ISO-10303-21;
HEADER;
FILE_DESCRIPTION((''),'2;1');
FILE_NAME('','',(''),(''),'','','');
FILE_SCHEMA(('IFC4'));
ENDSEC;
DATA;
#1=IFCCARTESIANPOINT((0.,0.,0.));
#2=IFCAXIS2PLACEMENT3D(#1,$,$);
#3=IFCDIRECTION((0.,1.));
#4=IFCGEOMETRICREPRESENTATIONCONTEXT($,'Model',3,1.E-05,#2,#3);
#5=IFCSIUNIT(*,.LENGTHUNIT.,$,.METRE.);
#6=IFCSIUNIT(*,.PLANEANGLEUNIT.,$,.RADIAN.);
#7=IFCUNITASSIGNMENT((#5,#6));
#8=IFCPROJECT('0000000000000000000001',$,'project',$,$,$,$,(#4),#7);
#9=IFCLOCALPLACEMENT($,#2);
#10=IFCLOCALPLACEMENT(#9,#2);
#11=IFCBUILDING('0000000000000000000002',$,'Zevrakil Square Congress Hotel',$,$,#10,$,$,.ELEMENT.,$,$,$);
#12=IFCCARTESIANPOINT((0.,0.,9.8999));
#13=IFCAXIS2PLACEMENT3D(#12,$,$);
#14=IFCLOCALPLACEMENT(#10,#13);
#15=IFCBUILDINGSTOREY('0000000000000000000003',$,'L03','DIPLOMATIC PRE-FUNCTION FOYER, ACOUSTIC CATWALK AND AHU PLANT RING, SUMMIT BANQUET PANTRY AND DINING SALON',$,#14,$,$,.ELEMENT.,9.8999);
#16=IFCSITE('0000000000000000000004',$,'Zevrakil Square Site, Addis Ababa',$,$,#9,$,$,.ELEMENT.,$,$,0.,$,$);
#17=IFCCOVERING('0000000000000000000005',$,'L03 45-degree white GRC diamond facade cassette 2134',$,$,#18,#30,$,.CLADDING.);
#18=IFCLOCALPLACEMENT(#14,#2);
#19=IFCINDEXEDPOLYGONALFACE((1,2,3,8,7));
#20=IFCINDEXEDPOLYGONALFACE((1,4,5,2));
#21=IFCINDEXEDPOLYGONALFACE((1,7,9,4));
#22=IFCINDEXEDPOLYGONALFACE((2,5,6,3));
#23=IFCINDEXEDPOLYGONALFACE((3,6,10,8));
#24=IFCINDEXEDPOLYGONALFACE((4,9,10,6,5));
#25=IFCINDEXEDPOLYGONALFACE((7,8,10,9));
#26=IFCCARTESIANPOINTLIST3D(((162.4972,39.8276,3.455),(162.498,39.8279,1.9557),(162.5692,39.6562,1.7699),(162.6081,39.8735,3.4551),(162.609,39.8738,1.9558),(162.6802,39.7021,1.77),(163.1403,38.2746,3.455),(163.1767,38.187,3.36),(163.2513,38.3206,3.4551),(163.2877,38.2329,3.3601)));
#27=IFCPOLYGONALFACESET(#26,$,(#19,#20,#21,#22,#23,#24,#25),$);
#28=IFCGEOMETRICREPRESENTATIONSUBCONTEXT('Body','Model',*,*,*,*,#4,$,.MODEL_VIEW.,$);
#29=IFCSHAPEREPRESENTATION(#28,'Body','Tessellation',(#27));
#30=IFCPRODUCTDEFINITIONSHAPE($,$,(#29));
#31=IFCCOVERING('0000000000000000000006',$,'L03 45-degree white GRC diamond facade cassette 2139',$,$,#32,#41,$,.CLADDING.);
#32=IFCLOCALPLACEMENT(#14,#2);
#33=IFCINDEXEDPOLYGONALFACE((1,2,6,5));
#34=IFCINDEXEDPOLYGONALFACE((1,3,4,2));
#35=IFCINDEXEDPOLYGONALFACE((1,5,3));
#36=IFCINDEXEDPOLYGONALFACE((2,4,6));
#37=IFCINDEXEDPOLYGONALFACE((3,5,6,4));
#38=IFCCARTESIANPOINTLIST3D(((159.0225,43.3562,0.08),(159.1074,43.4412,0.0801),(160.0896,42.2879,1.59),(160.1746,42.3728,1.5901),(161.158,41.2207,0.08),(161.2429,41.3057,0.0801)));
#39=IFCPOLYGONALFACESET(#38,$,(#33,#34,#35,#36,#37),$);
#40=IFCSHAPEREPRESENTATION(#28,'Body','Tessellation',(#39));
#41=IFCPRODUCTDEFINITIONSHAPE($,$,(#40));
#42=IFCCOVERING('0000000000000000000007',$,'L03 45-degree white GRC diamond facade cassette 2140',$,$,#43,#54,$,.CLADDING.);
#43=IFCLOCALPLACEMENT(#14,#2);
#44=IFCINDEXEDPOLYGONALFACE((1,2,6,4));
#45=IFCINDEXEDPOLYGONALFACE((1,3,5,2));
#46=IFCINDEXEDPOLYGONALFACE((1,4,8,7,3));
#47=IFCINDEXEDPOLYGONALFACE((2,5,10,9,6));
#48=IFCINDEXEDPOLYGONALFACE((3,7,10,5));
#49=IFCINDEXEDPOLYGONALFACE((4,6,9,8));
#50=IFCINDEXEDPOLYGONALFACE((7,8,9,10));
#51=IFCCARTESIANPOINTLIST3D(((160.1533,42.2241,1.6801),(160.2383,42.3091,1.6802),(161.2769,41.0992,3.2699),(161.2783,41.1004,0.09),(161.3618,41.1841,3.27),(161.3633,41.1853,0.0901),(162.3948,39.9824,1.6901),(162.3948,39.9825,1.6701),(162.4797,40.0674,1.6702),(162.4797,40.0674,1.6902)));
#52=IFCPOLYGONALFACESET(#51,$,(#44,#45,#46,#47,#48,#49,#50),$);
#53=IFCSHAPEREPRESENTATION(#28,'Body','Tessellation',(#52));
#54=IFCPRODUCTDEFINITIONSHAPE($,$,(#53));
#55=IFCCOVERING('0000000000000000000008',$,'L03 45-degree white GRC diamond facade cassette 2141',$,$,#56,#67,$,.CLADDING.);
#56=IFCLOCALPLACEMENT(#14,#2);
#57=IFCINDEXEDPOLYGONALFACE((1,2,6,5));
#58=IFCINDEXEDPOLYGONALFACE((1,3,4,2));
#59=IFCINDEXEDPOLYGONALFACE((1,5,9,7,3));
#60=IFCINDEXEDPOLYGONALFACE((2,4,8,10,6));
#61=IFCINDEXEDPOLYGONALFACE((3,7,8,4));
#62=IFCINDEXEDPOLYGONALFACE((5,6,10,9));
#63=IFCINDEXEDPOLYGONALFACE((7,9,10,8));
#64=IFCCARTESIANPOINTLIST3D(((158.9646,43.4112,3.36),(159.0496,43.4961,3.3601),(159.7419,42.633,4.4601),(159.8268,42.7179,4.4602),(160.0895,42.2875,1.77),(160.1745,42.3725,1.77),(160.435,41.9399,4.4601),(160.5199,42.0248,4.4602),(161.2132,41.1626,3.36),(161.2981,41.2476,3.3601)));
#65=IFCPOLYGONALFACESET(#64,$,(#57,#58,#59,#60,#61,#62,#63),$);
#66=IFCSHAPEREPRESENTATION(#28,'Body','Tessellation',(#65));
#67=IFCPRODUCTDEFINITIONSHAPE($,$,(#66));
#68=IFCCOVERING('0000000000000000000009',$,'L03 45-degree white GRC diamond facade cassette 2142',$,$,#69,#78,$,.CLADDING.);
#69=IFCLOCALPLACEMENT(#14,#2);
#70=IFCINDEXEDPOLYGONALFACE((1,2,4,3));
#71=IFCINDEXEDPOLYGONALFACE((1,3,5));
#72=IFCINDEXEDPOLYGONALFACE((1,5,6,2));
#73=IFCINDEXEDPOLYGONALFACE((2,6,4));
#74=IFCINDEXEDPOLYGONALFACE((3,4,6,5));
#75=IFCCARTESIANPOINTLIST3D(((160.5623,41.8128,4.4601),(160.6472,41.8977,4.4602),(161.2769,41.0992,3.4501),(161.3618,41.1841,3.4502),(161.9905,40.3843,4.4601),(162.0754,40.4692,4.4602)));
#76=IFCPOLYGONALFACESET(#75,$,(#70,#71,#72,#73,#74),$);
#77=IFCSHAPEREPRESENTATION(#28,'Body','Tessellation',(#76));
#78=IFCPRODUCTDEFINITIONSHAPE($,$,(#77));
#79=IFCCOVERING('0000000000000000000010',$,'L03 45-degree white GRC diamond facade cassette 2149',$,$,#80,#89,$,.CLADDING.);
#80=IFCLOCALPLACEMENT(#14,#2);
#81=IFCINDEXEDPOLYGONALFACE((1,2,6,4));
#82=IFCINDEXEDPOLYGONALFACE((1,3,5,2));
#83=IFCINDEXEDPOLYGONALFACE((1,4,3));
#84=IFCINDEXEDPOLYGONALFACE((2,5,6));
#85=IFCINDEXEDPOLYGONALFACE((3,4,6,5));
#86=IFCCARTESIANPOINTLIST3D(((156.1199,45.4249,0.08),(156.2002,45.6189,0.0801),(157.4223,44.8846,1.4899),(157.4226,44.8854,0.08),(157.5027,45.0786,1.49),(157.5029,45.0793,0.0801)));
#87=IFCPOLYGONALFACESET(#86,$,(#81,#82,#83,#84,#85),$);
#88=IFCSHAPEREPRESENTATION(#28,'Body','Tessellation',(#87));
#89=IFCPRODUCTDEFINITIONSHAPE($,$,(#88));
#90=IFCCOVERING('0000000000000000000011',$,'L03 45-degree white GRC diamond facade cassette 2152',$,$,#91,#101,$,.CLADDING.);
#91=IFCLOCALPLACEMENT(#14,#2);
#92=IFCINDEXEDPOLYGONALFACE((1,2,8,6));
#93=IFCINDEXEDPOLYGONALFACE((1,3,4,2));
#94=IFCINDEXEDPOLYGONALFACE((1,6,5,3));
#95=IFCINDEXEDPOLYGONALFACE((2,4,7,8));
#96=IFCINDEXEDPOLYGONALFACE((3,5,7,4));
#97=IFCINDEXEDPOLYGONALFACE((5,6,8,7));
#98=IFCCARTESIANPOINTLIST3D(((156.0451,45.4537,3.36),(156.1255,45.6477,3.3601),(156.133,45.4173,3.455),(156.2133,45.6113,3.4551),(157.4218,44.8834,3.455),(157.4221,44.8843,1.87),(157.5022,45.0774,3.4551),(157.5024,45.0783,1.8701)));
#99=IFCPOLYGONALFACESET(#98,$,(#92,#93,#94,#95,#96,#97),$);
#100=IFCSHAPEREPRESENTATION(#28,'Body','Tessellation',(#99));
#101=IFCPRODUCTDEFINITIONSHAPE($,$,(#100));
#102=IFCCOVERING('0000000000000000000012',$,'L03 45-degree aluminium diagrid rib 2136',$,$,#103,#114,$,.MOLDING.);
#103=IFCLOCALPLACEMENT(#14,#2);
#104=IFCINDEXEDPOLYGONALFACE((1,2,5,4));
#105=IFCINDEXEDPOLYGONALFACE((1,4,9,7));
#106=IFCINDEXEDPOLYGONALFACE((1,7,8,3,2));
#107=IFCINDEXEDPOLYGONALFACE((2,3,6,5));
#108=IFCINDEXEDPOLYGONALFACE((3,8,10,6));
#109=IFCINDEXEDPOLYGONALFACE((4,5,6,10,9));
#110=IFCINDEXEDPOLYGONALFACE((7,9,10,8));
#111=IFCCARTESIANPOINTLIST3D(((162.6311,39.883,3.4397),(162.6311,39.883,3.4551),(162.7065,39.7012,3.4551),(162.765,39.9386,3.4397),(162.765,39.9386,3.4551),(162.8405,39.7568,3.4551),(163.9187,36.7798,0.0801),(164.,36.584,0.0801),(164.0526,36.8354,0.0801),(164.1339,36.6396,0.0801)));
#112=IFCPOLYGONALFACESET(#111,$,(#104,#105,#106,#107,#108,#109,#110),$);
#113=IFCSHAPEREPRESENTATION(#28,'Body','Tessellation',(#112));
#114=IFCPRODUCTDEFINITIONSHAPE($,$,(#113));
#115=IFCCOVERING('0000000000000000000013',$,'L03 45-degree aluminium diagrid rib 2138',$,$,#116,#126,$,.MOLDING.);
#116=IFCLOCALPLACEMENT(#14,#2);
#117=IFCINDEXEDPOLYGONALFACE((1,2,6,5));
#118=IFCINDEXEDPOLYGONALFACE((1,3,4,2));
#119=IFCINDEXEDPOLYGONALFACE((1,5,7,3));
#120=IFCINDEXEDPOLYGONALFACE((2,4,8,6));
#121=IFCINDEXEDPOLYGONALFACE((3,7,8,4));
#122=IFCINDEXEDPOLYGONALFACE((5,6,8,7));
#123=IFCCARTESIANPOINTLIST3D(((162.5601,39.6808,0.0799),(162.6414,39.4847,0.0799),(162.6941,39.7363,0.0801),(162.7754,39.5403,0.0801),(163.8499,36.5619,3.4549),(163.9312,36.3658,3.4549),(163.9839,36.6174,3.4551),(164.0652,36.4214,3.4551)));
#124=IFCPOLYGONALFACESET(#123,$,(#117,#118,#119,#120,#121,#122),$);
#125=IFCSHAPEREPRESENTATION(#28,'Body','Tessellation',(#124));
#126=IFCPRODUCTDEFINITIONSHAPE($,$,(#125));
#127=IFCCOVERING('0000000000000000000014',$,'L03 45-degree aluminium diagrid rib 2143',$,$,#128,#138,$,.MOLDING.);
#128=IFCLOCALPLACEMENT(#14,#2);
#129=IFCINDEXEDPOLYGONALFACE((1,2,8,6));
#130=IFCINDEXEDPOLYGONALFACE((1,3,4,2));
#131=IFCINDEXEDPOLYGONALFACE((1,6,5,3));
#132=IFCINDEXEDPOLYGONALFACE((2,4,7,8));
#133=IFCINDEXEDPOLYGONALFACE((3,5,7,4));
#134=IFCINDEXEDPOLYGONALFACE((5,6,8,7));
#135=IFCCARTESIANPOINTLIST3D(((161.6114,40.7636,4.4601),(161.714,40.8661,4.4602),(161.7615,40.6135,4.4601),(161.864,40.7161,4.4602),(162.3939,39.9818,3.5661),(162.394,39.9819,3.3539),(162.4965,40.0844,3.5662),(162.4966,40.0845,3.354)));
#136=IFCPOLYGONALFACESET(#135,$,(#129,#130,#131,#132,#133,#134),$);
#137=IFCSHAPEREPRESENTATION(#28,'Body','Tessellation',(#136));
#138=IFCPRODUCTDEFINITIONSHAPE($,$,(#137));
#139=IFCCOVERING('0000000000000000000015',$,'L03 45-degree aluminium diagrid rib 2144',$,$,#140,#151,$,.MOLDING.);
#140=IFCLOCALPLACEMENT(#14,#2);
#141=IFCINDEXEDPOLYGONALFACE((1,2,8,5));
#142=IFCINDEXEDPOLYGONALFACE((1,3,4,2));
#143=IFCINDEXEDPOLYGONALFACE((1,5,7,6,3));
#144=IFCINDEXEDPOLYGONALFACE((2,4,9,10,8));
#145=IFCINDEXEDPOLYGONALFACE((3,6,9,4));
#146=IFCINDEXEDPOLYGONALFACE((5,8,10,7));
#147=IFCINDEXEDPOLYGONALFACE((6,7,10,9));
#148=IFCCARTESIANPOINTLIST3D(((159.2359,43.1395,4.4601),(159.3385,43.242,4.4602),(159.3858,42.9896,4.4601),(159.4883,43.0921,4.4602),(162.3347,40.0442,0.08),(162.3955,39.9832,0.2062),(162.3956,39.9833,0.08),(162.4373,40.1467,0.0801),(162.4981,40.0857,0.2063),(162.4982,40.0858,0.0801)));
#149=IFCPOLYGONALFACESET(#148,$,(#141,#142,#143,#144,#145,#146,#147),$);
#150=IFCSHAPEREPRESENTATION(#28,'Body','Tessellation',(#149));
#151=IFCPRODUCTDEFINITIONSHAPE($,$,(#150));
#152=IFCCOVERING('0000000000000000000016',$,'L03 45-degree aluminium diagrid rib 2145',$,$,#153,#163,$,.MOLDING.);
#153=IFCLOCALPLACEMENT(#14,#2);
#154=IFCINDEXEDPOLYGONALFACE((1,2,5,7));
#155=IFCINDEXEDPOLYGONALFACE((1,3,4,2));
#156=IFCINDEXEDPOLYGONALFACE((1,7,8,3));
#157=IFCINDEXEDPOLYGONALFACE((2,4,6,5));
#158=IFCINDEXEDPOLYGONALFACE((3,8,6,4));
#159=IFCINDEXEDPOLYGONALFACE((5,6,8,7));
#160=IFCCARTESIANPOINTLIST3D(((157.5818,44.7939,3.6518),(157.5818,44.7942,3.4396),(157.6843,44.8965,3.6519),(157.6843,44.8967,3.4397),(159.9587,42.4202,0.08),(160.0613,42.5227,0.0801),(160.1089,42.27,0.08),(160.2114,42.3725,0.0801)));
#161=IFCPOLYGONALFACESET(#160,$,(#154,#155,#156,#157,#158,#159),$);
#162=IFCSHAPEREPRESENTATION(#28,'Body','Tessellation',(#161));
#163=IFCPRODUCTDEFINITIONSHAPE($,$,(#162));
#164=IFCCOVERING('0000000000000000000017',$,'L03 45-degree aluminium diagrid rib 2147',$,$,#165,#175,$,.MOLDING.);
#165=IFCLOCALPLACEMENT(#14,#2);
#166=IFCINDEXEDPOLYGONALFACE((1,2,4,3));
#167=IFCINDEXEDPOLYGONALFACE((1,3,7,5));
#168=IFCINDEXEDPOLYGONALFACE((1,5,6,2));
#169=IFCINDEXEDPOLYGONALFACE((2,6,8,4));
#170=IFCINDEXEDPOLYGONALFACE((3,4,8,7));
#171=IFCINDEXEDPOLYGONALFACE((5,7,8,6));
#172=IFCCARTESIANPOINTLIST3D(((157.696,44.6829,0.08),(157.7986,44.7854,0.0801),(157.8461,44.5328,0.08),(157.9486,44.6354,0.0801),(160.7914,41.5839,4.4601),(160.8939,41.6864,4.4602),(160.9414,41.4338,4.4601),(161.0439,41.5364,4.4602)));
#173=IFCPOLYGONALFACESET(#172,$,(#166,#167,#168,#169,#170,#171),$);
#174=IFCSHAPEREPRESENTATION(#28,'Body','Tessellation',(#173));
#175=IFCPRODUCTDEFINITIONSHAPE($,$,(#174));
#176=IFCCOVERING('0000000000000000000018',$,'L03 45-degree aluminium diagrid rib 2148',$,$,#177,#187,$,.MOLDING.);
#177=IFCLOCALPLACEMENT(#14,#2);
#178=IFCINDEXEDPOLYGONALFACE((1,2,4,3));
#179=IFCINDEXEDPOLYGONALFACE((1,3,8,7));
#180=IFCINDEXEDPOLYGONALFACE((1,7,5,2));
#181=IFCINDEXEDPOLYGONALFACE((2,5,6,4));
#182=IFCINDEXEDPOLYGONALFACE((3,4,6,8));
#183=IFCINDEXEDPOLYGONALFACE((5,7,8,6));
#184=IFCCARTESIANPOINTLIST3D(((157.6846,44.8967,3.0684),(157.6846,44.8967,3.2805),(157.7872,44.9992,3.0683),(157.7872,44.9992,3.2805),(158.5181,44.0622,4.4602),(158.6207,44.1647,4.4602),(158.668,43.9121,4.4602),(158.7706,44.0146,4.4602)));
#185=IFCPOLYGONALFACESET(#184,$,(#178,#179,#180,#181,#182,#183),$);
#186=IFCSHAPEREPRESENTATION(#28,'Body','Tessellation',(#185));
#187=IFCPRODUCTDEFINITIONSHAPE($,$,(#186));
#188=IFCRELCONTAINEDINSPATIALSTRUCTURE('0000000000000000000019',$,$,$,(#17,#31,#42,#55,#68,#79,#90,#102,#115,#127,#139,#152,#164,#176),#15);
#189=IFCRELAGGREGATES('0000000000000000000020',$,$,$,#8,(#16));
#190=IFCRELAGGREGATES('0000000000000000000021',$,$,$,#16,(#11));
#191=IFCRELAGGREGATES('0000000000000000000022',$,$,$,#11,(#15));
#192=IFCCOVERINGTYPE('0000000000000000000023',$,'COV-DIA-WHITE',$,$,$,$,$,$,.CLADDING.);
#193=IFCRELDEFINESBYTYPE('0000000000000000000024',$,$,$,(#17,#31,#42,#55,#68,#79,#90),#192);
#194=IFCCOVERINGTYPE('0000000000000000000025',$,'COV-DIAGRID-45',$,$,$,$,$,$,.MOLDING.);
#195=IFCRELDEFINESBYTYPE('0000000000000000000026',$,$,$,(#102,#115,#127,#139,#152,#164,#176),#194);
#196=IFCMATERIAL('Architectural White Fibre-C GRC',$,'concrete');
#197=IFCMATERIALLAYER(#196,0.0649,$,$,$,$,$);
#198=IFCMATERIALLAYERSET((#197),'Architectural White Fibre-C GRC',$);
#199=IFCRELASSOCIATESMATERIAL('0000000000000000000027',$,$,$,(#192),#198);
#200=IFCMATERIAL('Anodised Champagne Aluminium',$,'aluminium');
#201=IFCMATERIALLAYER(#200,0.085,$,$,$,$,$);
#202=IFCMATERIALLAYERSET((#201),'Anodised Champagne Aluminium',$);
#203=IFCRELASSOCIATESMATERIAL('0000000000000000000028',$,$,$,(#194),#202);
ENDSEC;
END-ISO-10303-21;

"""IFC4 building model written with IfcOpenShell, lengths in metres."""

from ifc_helpers import new_model, si_unit, direction, frame, origin, place, context, subcontext, project, spatial, polyline, outline, extrude, material, layer, layer_set, type_object, element, save


model = new_model("IFC4")

# Units and contexts
model_context = context("Model", 3, precision=1e-05, world=origin(), true_north=direction((0.0, 1.0)))
body_context = subcontext(model_context, "Body", "Model", "MODEL_VIEW")
ifc_project = project(units=[si_unit("LENGTHUNIT", "METRE"), si_unit("PLANEANGLEUNIT", "RADIAN")], contexts=[model_context])

# Site, building, storey
site_placement = place(None, origin())
site = spatial("IfcSite", under=ifc_project, at=site_placement, Name="Zevrakil Square Site, Addis Ababa", CompositionType="ELEMENT", RefElevation=0.0)
building_placement = place(site_placement, origin())
building = spatial("IfcBuilding", under=site, at=building_placement, Name="Zevrakil Square Congress Hotel", CompositionType="ELEMENT")
storey_placement = place(building_placement, frame((0.0, 0.0, 9.8999)))
storey = spatial("IfcBuildingStorey", under=building, at=storey_placement, Name="L03", Description="DIPLOMATIC PRE-FUNCTION FOYER, ACOUSTIC CATWALK AND AHU PLANT RING, SUMMIT BANQUET PANTRY AND DINING SALON", CompositionType="ELEMENT", Elevation=9.8999)

# Coverings
ifc_material_1 = material(Name="Architectural White Fibre-C GRC", Category="concrete")
ifc_layer_1 = layer(ifc_material_1, 0.0649)
ifc_layer_set_1 = layer_set([ifc_layer_1], Name="Architectural White Fibre-C GRC")
covering_type_1 = type_object("IfcCoveringType", Name="COV-DIA-WHITE", PredefinedType="CLADDING", material=ifc_layer_set_1)
covering_1_placement = place(storey_placement, frame((162.6802, 39.7021, 1.77), z_axis=(0.923899, 0.382636, 0.000582), x_axis=(0.270164, -0.653404, 0.70716)))
element("IfcCovering", 1, at=covering_1_placement, inside=storey, type_object=covering_type_1, Name="L03 45-degree white GRC diamond facade cassette 2134", PredefinedType="CLADDING", context=body_context, shape_type="SweptSolid", body=[
    extrude(outline(polyline([(0.0, 0.0), (2.2486, 0.0), (2.2486, -0.1343), (1.0602, -1.3229), (0.0, -0.2628), (0.0, 0.0)])), origin(), (0.0, 0.0, -1.0), 0.1201),
])
covering_2_placement = place(storey_placement, frame((160.1746, 42.3728, 1.5901), z_axis=(0.707107, 0.707107, 0.000572), x_axis=(-0.499717, 0.500288, -0.707103)))
element("IfcCovering", 2, at=covering_2_placement, inside=storey, type_object=covering_type_1, Name="L03 45-degree white GRC diamond facade cassette 2139", PredefinedType="CLADDING", context=body_context, shape_type="SweptSolid", body=[
    extrude(outline(polyline([(0.0, 0.0), (2.1355, 0.0), (0.0, -2.1355), (0.0, 0.0)])), origin(), (0.0, 0.0, -1.0), 0.1201),
])
covering_3_placement = place(storey_placement, frame((161.3618, 41.1841, 3.27), z_axis=(0.707145, 0.707068, 0.000595), x_axis=(-0.499692, 0.500342, -0.707082)))
element("IfcCovering", 3, at=covering_3_placement, inside=storey, type_object=covering_type_1, Name="L03 45-degree white GRC diamond facade cassette 2140", PredefinedType="CLADDING", context=body_context, shape_type="SweptSolid", body=[
    extrude(outline(polyline([(0.0, 0.0), (2.2485, 0.0), (2.2484, -2.2488), (0.0139, -2.2486), (-0.0003, -2.2344), (0.0, 0.0)])), origin(), (0.0, 0.0, -1.0), 0.1201),
])
covering_4_placement = place(storey_placement, frame((159.0496, 43.4961, 3.3601), z_axis=(0.707107, 0.707107, 0.000566), x_axis=(0.500262, -0.499696, -0.707136)))
element("IfcCovering", 4, at=covering_4_placement, inside=storey, type_object=covering_type_1, Name="L03 45-degree white GRC diamond facade cassette 2141", PredefinedType="CLADDING", context=body_context, shape_type="SweptSolid", body=[
    extrude(outline(polyline([(0.0, 0.0), (2.2486, 0.0), (2.2484, -2.2486), (0.6928, -2.2487), (-0.0002, -1.5556), (0.0, 0.0)])), origin(), (0.0, 0.0, -1.0), 0.1201),
])
covering_5_placement = place(storey_placement, frame((161.3618, 41.1841, 3.4502), z_axis=(0.707167, 0.707046, 0.000769), x_axis=(0.49959, -0.500444, 0.707083)))
element("IfcCovering", 5, at=covering_5_placement, inside=storey, type_object=covering_type_1, Name="L03 45-degree white GRC diamond facade cassette 2142", PredefinedType="CLADDING", context=body_context, shape_type="SweptSolid", body=[
    extrude(outline(polyline([(0.0, 0.0), (1.4284, 0.0), (0.0, -1.4283), (0.0, 0.0)])), origin(), (0.0, 0.0, -1.0), 0.1201),
])
covering_6_placement = place(storey_placement, frame((156.2002, 45.6189, 0.0801), z_axis=(0.382647, 0.923894, 0.000546), x_axis=(0.923894, -0.382647, 0.0)))
element("IfcCovering", 6, at=covering_6_placement, inside=storey, type_object=covering_type_1, Name="L03 45-degree white GRC diamond facade cassette 2149", PredefinedType="CLADDING", context=body_context, shape_type="SweptSolid", body=[
    extrude(outline(polyline([(0.0, 0.0), (1.41, 0.0), (1.4101, -1.4099), (0.0, 0.0)])), origin(), (0.0, 0.0, -1.0), 0.21),
])
covering_7_placement = place(storey_placement, frame((156.1255, 45.6477, 3.3601), z_axis=(0.382684, 0.923879, 0.000577), x_axis=(0.653443, -0.270224, -0.707101)))
element("IfcCovering", 7, at=covering_7_placement, inside=storey, type_object=covering_type_1, Name="L03 45-degree white GRC diamond facade cassette 2152", PredefinedType="CLADDING", context=body_context, shape_type="SweptSolid", body=[
    extrude(outline(polyline([(0.0, 0.0), (2.1072, 0.0), (0.9866, -1.1209), (0.0001, -0.1344), (0.0, 0.0)])), origin(), (0.0, 0.0, -1.0), 0.21),
])
ifc_material_2 = material(Name="Anodised Champagne Aluminium", Category="aluminium")
ifc_layer_2 = layer(ifc_material_2, 0.085)
ifc_layer_set_2 = layer_set([ifc_layer_2], Name="Anodised Champagne Aluminium")
covering_type_2 = type_object("IfcCoveringType", Name="COV-DIAGRID-45", PredefinedType="MOLDING", material=ifc_layer_set_2)
covering_8_placement = place(storey_placement, frame((163.9187, 36.7798, 0.0801), z_axis=(-0.923625, -0.383299, 0.000055), x_axis=(0.383299, -0.923625, 0.0)))
element("IfcCovering", 8, at=covering_8_placement, inside=storey, type_object=covering_type_2, Name="L03 45-degree aluminium diagrid rib 2136", PredefinedType="MOLDING", context=body_context, shape_type="SweptSolid", body=[
    extrude(outline(polyline([(0.0, 0.0), (0.212, 0.0), (-3.1629, 3.375), (-3.3598, 3.375), (-3.3598, 3.3596), (0.0, 0.0)])), origin(), (0.0, 0.0, -1.0), 0.145),
])
covering_9_placement = place(storey_placement, frame((164.0652, 36.4214, 3.4551), z_axis=(0.923722, 0.383063, 0.000984), x_axis=(-0.383063, 0.923722, 0.0)))
element("IfcCovering", 9, at=covering_9_placement, inside=storey, type_object=covering_type_2, Name="L03 45-degree aluminium diagrid rib 2138", PredefinedType="MOLDING", context=body_context, shape_type="SweptSolid", body=[
    extrude(outline(polyline([(0.0, 0.0), (0.2122, 0.0), (3.5873, -3.375), (3.3751, -3.375), (0.0, 0.0)])), origin(), (0.0, 0.0, -1.0), 0.145),
])
covering_10_placement = place(storey_placement, frame((162.4966, 40.0845, 3.354), z_axis=(0.707181, 0.707033, 0.000709), x_axis=(-0.000501, -0.000501, 1.0)))
element("IfcCovering", 10, at=covering_10_placement, inside=storey, type_object=covering_type_2, Name="L03 45-degree aluminium diagrid rib 2143", PredefinedType="MOLDING", context=body_context, shape_type="SweptSolid", body=[
    extrude(outline(polyline([(0.0, 0.0), (0.2122, 0.0), (1.1062, -0.8939), (1.1062, -1.1061), (0.0, 0.0)])), origin(), (0.0, 0.0, -1.0), 0.145),
])
covering_11_placement = place(storey_placement, frame((162.4373, 40.1467, 0.0801), z_axis=(0.70728, 0.706933, 0.000809), x_axis=(0.706934, -0.70728, 0.000001)))
element("IfcCovering", 11, at=covering_11_placement, inside=storey, type_object=covering_type_2, Name="L03 45-degree aluminium diagrid rib 2144", PredefinedType="MOLDING", context=body_context, shape_type="SweptSolid", body=[
    extrude(outline(polyline([(0.0, 0.0), (0.0861, 0.0), (0.0861, -0.1262), (-4.1679, -4.3801), (-4.3799, -4.3801), (0.0, 0.0)])), origin(), (0.0, 0.0, -1.0), 0.145),
])
covering_12_placement = place(storey_placement, frame((160.0613, 42.5227, 0.0801), z_axis=(0.707174, 0.707039, 0.000718), x_axis=(0.707039, -0.707174, 0.0)))
element("IfcCovering", 12, at=covering_12_placement, inside=storey, type_object=covering_type_2, Name="L03 45-degree aluminium diagrid rib 2145", PredefinedType="MOLDING", context=body_context, shape_type="SweptSolid", body=[
    extrude(outline(polyline([(0.0, 0.0), (0.2123, 0.0), (-3.3593, -3.5718), (-3.3594, -3.3596), (0.0, 0.0)])), origin(), (0.0, 0.0, -1.0), 0.145),
])
covering_13_placement = place(storey_placement, frame((161.0439, 41.5364, 4.4602), z_axis=(0.707107, 0.707107, 0.000591), x_axis=(-0.707107, 0.707107, 0.0)))
element("IfcCovering", 13, at=covering_13_placement, inside=storey, type_object=covering_type_2, Name="L03 45-degree aluminium diagrid rib 2147", PredefinedType="MOLDING", context=body_context, shape_type="SweptSolid", body=[
    extrude(outline(polyline([(0.0, 0.0), (0.2122, 0.0), (4.5922, -4.3801), (4.3801, -4.3801), (0.0, 0.0)])), origin(), (0.0, 0.0, -1.0), 0.145),
])
covering_14_placement = place(storey_placement, frame((158.668, 43.9121, 4.4602), z_axis=(-0.707608, -0.706605, 0.000105), x_axis=(-0.706605, 0.707608, 0.0)))
element("IfcCovering", 14, at=covering_14_placement, inside=storey, type_object=covering_type_2, Name="L03 45-degree aluminium diagrid rib 2148", PredefinedType="MOLDING", context=body_context, shape_type="SweptSolid", body=[
    extrude(outline(polyline([(0.0, 0.0), (0.2122, 0.0), (1.3916, 1.1797), (1.3916, 1.3918), (0.0, 0.0)])), origin(), (0.0, 0.0, -1.0), 0.145),
])

save(model, "model.ifc")
